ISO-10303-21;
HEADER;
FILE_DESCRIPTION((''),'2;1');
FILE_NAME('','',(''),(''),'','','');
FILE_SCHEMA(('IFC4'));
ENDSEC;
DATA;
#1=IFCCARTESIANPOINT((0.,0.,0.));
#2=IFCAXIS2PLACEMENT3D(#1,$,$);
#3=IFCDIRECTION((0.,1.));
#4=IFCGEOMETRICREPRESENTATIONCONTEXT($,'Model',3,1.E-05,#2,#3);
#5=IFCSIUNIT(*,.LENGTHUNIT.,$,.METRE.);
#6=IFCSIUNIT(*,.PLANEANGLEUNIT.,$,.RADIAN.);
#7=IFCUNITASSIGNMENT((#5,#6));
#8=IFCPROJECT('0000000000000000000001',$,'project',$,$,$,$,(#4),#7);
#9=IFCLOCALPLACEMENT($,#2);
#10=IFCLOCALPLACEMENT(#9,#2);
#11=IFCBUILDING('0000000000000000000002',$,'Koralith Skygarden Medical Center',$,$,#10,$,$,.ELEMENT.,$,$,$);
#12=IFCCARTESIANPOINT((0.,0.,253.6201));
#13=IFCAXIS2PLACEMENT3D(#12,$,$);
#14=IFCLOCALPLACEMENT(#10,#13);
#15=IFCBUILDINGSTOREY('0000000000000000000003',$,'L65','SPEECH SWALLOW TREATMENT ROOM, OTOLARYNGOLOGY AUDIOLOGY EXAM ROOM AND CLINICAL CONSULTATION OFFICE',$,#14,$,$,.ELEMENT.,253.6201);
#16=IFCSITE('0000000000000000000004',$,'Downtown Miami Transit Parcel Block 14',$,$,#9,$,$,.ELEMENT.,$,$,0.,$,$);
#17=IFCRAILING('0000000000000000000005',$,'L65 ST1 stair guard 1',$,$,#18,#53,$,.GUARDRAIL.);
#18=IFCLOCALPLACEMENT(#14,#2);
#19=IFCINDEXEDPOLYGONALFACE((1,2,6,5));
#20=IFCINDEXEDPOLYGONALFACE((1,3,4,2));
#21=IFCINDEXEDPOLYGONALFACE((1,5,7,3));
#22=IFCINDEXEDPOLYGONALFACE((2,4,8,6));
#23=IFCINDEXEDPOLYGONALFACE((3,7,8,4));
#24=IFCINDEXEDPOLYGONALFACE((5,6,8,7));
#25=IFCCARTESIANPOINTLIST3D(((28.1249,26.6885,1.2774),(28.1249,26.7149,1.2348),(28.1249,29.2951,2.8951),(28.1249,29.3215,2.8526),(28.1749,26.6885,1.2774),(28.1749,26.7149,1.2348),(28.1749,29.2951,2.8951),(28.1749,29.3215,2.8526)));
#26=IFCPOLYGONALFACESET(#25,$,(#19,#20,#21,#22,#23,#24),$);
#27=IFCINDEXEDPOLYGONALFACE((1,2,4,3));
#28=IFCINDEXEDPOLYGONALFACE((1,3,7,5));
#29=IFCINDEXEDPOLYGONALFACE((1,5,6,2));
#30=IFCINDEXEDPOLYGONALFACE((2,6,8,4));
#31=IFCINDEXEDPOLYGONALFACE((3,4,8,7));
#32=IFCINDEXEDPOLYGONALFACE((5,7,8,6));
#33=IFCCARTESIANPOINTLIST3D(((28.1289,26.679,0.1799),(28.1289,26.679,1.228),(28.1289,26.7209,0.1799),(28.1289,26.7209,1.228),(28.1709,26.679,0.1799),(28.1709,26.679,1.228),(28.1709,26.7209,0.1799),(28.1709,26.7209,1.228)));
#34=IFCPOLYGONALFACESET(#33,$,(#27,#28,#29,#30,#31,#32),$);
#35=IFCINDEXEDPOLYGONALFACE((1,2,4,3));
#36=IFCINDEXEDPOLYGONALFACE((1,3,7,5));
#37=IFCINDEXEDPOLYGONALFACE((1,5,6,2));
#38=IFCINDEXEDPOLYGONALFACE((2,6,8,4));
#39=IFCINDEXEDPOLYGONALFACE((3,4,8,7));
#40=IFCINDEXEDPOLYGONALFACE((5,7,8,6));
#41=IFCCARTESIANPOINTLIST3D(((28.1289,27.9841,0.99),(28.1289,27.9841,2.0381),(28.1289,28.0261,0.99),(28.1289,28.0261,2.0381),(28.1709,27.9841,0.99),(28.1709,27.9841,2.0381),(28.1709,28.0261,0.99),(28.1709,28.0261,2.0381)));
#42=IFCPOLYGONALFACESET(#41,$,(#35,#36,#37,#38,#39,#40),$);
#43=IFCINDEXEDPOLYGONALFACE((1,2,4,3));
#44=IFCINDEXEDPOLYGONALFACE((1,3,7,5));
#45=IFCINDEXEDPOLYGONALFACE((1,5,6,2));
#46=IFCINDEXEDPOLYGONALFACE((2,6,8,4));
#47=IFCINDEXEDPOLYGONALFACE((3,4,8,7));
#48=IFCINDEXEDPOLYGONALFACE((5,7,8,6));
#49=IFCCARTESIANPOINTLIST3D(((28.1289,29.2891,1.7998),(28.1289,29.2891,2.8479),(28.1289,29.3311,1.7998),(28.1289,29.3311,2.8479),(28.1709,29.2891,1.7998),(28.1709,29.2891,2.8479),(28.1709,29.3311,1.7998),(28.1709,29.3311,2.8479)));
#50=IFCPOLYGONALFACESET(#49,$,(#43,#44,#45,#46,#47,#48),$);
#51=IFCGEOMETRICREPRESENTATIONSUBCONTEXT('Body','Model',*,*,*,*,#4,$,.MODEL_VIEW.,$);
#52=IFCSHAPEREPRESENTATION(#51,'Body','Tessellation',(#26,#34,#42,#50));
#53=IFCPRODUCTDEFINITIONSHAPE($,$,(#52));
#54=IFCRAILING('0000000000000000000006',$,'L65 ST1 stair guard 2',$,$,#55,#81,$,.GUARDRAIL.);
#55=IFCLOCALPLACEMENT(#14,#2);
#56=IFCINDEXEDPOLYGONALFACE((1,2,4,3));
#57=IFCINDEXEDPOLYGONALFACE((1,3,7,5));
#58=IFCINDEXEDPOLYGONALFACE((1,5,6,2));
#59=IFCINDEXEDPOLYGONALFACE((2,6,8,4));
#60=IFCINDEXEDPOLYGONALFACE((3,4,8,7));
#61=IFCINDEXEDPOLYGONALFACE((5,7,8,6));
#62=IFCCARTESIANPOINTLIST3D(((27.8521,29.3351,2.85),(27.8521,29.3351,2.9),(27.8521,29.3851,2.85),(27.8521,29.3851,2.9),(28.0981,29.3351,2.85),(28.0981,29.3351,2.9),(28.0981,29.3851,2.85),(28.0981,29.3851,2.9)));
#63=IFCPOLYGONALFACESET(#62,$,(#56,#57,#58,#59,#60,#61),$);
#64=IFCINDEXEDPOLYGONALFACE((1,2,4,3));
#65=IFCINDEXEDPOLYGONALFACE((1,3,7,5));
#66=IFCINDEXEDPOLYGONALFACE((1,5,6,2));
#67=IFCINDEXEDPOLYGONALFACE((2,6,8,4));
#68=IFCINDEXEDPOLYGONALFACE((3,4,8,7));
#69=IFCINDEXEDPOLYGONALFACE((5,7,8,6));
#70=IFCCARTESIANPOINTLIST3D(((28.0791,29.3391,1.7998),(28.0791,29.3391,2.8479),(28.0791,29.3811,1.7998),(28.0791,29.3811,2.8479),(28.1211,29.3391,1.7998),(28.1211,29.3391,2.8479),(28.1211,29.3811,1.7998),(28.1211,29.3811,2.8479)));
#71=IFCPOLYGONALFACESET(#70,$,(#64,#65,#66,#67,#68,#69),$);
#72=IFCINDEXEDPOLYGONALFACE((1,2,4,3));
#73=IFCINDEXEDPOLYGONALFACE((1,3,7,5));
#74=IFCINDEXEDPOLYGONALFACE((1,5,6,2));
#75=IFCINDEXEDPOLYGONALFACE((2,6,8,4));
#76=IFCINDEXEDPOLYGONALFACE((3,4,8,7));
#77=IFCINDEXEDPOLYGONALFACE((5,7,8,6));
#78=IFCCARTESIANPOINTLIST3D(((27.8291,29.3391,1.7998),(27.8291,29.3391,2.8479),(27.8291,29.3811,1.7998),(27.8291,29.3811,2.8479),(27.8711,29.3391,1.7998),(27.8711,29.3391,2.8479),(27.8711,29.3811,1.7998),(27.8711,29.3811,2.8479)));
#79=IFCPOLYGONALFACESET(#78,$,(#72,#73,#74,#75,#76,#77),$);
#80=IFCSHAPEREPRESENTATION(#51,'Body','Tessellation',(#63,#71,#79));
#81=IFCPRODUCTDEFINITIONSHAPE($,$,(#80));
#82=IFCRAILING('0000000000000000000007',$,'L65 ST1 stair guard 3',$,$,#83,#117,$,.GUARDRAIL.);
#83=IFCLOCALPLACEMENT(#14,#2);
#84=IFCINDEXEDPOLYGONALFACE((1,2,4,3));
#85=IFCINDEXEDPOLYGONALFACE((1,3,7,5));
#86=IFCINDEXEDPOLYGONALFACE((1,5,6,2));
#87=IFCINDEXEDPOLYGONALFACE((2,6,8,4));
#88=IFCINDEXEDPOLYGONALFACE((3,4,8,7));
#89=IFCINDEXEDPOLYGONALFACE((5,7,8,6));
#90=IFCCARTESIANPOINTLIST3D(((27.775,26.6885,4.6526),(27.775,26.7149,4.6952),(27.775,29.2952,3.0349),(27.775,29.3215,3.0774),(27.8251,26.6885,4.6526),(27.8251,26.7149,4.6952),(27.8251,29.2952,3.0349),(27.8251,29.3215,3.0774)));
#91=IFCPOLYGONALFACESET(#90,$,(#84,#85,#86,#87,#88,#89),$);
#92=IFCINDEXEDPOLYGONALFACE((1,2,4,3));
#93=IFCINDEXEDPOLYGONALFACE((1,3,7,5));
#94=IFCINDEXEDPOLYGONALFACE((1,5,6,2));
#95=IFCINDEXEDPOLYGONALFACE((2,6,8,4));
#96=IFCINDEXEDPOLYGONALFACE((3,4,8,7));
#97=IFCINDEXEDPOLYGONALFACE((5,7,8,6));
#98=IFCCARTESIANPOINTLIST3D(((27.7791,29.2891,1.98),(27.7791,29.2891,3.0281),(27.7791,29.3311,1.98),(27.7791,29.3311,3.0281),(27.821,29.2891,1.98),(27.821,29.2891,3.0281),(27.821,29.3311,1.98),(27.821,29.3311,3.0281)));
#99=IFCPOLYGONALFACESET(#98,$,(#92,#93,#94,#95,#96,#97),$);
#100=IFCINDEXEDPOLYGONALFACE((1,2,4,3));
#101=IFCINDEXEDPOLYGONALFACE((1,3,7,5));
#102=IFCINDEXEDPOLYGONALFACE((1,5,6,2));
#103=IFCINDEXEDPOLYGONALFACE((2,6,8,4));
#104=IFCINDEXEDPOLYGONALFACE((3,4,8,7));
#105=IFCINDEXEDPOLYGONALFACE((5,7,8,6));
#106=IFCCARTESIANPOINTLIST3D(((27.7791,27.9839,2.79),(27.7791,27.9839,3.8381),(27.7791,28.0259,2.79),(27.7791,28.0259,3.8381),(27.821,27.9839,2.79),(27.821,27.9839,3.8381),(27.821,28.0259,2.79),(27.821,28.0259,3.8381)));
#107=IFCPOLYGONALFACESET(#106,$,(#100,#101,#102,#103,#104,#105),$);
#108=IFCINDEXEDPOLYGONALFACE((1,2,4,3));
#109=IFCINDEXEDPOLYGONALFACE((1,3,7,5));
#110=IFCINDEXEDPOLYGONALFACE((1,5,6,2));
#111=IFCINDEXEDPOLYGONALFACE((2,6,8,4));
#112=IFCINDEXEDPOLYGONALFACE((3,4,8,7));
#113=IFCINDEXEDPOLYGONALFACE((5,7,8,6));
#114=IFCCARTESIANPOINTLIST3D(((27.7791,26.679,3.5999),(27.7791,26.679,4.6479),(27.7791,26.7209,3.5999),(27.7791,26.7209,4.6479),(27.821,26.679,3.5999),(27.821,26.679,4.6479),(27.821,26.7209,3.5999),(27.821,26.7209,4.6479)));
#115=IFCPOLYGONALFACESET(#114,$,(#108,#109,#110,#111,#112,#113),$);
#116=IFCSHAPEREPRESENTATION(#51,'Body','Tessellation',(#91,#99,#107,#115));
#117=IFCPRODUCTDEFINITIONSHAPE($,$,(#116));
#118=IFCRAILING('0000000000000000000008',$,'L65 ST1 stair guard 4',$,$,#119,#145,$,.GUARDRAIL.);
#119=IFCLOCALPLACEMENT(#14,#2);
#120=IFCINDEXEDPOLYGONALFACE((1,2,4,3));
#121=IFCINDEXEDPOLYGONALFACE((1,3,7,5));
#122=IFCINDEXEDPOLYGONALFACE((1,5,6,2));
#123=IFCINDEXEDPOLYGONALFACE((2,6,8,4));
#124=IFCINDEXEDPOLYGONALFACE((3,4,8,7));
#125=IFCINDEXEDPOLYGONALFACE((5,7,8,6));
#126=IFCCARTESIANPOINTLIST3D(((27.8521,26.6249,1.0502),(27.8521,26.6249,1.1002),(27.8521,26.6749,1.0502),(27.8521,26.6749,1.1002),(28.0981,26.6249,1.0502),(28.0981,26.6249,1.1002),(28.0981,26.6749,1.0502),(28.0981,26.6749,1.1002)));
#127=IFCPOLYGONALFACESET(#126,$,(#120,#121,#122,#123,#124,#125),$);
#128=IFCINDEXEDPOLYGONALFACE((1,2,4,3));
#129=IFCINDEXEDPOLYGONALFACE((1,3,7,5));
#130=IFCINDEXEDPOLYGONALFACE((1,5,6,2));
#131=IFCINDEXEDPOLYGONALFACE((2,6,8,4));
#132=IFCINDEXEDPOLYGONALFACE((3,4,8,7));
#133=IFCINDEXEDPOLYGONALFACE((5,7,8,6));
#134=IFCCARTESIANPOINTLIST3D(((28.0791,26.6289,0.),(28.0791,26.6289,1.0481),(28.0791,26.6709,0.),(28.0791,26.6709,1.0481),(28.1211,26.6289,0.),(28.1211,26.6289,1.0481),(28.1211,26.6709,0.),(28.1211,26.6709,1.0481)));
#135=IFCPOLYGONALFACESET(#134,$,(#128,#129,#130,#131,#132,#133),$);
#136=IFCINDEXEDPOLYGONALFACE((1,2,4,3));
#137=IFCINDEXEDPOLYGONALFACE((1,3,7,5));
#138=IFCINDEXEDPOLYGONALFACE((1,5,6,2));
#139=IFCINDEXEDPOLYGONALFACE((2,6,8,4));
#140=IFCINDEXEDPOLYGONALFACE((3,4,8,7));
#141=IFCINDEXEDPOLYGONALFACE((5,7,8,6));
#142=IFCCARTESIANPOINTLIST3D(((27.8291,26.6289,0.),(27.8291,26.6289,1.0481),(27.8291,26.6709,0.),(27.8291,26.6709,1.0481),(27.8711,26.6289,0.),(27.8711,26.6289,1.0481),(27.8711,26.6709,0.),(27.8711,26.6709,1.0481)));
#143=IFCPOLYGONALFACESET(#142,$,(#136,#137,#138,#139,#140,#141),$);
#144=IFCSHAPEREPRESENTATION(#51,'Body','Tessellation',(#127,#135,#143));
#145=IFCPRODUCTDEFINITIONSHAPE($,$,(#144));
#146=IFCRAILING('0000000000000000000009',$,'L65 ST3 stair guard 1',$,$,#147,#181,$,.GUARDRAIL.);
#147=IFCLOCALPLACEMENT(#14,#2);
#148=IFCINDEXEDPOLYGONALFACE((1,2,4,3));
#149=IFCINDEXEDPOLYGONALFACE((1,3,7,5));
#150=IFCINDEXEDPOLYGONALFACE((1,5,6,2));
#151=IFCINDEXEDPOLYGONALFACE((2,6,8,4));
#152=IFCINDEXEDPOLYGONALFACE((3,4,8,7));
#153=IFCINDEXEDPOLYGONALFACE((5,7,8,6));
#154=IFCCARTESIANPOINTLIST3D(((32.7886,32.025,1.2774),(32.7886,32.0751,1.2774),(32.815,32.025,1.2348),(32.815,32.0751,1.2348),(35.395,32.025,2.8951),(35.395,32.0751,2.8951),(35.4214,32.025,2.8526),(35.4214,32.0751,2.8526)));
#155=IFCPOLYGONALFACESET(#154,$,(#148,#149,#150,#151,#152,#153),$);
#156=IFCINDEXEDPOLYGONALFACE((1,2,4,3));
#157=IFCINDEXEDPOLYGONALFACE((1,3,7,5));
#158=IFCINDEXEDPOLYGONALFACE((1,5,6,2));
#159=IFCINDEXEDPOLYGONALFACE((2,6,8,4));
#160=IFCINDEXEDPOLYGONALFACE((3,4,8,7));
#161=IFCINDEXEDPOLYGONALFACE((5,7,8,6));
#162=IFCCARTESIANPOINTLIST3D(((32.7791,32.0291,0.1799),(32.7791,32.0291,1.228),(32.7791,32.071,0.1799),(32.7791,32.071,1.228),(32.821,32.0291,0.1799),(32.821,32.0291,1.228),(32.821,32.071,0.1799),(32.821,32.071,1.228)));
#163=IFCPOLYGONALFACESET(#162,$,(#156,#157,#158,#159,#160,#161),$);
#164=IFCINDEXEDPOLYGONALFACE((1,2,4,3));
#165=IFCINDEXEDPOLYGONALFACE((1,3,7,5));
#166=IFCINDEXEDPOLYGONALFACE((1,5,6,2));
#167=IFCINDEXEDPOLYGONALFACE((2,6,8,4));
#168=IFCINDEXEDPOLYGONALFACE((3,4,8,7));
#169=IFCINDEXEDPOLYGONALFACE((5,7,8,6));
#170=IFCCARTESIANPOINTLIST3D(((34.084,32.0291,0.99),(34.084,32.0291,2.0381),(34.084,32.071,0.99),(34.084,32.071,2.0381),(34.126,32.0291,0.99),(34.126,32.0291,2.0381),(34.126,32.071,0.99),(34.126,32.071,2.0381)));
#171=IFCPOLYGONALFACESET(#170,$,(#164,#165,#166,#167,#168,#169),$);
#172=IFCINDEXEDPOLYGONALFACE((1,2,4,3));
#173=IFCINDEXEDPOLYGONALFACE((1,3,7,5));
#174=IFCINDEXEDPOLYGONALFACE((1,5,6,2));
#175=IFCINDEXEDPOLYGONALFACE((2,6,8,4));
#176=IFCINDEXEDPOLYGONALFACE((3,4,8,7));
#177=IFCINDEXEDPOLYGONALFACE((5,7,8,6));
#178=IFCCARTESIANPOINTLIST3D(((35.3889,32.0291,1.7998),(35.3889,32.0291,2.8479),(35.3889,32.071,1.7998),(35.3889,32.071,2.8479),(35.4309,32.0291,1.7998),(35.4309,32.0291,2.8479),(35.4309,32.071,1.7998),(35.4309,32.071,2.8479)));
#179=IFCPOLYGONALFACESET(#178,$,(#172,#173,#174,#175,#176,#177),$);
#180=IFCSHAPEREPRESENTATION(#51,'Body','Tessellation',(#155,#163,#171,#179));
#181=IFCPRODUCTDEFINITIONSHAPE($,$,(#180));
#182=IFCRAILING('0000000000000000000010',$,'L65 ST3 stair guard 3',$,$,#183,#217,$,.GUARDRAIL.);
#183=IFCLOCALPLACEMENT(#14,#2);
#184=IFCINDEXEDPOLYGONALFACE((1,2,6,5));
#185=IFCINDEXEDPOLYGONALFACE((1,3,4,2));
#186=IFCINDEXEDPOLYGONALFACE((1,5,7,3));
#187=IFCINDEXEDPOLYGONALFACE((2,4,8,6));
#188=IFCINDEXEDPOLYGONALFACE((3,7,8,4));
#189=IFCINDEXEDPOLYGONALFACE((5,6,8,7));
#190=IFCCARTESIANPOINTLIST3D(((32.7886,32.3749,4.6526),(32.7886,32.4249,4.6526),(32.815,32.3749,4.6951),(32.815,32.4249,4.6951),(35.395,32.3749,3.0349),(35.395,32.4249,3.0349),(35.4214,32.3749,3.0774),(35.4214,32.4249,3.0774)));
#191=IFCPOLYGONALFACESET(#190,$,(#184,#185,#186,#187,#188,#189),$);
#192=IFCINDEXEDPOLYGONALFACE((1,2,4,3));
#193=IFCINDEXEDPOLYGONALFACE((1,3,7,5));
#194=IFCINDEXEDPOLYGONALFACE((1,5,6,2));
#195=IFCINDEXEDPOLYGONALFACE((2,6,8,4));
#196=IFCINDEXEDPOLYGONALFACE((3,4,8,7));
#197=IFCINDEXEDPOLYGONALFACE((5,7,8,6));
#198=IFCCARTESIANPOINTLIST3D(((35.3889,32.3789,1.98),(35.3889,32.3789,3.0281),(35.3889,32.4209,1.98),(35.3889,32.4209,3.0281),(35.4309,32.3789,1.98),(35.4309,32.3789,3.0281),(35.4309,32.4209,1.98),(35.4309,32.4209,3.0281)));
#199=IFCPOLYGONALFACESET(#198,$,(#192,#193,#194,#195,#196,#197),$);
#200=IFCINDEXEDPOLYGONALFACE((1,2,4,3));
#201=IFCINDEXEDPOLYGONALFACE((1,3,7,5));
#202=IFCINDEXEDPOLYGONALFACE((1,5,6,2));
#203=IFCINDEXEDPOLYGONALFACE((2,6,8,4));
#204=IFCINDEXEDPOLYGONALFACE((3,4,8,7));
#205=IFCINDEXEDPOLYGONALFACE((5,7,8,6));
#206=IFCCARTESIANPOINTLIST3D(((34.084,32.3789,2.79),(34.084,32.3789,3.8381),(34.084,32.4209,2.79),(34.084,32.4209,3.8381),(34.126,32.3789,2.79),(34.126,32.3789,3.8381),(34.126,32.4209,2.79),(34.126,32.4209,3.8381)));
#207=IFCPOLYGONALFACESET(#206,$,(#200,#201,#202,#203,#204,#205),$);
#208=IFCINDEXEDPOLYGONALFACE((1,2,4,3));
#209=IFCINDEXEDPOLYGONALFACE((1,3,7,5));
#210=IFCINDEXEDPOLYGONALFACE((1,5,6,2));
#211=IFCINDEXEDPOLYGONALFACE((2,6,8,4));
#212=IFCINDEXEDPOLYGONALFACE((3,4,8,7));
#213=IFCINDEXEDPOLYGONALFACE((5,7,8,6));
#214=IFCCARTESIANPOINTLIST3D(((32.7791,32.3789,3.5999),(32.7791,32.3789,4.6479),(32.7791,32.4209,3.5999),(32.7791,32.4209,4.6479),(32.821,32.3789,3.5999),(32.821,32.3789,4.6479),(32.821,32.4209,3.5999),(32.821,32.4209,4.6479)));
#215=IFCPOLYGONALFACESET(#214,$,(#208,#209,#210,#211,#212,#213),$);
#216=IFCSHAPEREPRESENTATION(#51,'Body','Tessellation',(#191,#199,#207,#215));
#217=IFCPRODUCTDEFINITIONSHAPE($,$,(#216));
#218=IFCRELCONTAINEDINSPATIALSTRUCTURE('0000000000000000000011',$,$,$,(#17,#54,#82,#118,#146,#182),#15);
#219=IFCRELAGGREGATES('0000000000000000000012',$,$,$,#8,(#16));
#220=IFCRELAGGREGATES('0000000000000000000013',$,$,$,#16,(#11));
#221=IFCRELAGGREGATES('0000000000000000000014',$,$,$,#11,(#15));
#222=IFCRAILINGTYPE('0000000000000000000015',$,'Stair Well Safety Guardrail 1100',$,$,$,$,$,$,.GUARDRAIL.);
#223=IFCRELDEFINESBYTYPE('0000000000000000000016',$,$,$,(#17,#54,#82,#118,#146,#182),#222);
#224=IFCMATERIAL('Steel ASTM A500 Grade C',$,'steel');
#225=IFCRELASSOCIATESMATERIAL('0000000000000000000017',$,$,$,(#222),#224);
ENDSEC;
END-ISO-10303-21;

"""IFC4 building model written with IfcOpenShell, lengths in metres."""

from ifc_helpers import new_model, si_unit, direction, frame, origin, origin_2d, place, context, subcontext, project, spatial, rectangle, extrude, material, type_object, element, save


model = new_model("IFC4")

# Units and contexts
model_context = context("Model", 3, precision=1e-05, world=origin(), true_north=direction((0.0, 1.0)))
body_context = subcontext(model_context, "Body", "Model", "MODEL_VIEW")
ifc_project = project(units=[si_unit("LENGTHUNIT", "METRE"), si_unit("PLANEANGLEUNIT", "RADIAN")], contexts=[model_context])

# Site, building, storey
site_placement = place(None, origin())
site = spatial("IfcSite", under=ifc_project, at=site_placement, Name="Downtown Miami Transit Parcel Block 14", CompositionType="ELEMENT", RefElevation=0.0)
building_placement = place(site_placement, origin())
building = spatial("IfcBuilding", under=site, at=building_placement, Name="Koralith Skygarden Medical Center", CompositionType="ELEMENT")
storey_placement = place(building_placement, frame((0.0, 0.0, 253.6201)))
storey = spatial("IfcBuildingStorey", under=building, at=storey_placement, Name="L65", Description="SPEECH SWALLOW TREATMENT ROOM, OTOLARYNGOLOGY AUDIOLOGY EXAM ROOM AND CLINICAL CONSULTATION OFFICE", CompositionType="ELEMENT", Elevation=253.6201)

# Railings
ifc_material_1 = material(Name="Steel ASTM A500 Grade C", Category="steel")
railing_type_1 = type_object("IfcRailingType", Name="Stair Well Safety Guardrail 1100", PredefinedType="GUARDRAIL", material=ifc_material_1)
railing_1_placement = place(storey_placement, frame((28.1499, 26.7, 0.1799)))
element("IfcRailing", 1, at=railing_1_placement, inside=storey, type_object=railing_type_1, Name="L65 ST1 stair guard 1", PredefinedType="GUARDRAIL", context=body_context, shape_type="SweptSolid", body=[
    extrude(rectangle(XDim=0.05, YDim=0.05, at=origin_2d()), frame((0.0, 0.0017, 1.0762), z_axis=(0.0, 0.849668, 0.527317), x_axis=(-1.0, 0.0, 0.0)), (0.0, 0.0, 1.0), 3.0679),
    extrude(rectangle(XDim=0.042, YDim=0.042, at=origin_2d()), origin(), (0.0, 0.0, 1.0), 1.0481),
    extrude(rectangle(XDim=0.042, YDim=0.042, at=origin_2d()), frame((0.0, 1.3052, 0.8101)), (0.0, 0.0, 1.0), 1.0481),
    extrude(rectangle(XDim=0.042, YDim=0.042, at=origin_2d()), frame((0.0, 2.6101, 1.6199)), (0.0, 0.0, 1.0), 1.0481),
])
railing_2_placement = place(storey_placement, frame((28.1001, 29.3601, 1.7998)))
element("IfcRailing", 2, at=railing_2_placement, inside=storey, type_object=railing_type_1, Name="L65 ST1 stair guard 2", PredefinedType="GUARDRAIL", context=body_context, shape_type="SweptSolid", body=[
    extrude(rectangle(XDim=0.05, YDim=0.05, at=origin_2d()), frame((-0.002, 0.0, 1.0752), z_axis=(-1.0, 0.0, 0.0), x_axis=(0.0, -1.0, 0.0)), (0.0, 0.0, 1.0), 0.2461),
    extrude(rectangle(XDim=0.042, YDim=0.042, at=origin_2d()), origin(), (0.0, 0.0, 1.0), 1.0481),
    extrude(rectangle(XDim=0.042, YDim=0.042, at=origin_2d()), frame((-0.25, 0.0, 0.0)), (0.0, 0.0, 1.0), 1.0481),
])
railing_3_placement = place(storey_placement, frame((27.8, 29.3101, 1.98)))
element("IfcRailing", 3, at=railing_3_placement, inside=storey, type_object=railing_type_1, Name="L65 ST1 stair guard 3", PredefinedType="GUARDRAIL", context=body_context, shape_type="SweptSolid", body=[
    extrude(rectangle(XDim=0.05, YDim=0.05, at=origin_2d()), frame((0.0, -0.0017, 1.0762), z_axis=(0.0, -0.849668, 0.527317), x_axis=(1.0, 0.0, 0.0)), (0.0, 0.0, 1.0), 3.0679),
    extrude(rectangle(XDim=0.042, YDim=0.042, at=origin_2d()), origin(), (0.0, 0.0, 1.0), 1.0481),
    extrude(rectangle(XDim=0.042, YDim=0.042, at=origin_2d()), frame((0.0, -1.3052, 0.8101)), (0.0, 0.0, 1.0), 1.0481),
    extrude(rectangle(XDim=0.042, YDim=0.042, at=origin_2d()), frame((0.0, -2.6101, 1.6199)), (0.0, 0.0, 1.0), 1.0481),
])
railing_4_placement = place(storey_placement, frame((28.1001, 26.6499, 0.0)))
element("IfcRailing", 4, at=railing_4_placement, inside=storey, type_object=railing_type_1, Name="L65 ST1 stair guard 4", PredefinedType="GUARDRAIL", context=body_context, shape_type="SweptSolid", body=[
    extrude(rectangle(XDim=0.05, YDim=0.05, at=origin_2d()), frame((-0.002, 0.0, 1.0752), z_axis=(-1.0, 0.0, 0.0), x_axis=(0.0, -1.0, 0.0)), (0.0, 0.0, 1.0), 0.2461),
    extrude(rectangle(XDim=0.042, YDim=0.042, at=origin_2d()), origin(), (0.0, 0.0, 1.0), 1.0481),
    extrude(rectangle(XDim=0.042, YDim=0.042, at=origin_2d()), frame((-0.25, 0.0, 0.0)), (0.0, 0.0, 1.0), 1.0481),
])
railing_5_placement = place(storey_placement, frame((32.8, 32.05, 0.1799)))
element("IfcRailing", 5, at=railing_5_placement, inside=storey, type_object=railing_type_1, Name="L65 ST3 stair guard 1", PredefinedType="GUARDRAIL", context=body_context, shape_type="SweptSolid", body=[
    extrude(rectangle(XDim=0.05, YDim=0.05, at=origin_2d()), frame((0.0017, 0.0, 1.0762), z_axis=(0.849646, 0.0, 0.527353), x_axis=(0.0, 1.0, 0.0)), (0.0, 0.0, 1.0), 3.0676),
    extrude(rectangle(XDim=0.042, YDim=0.042, at=origin_2d()), origin(), (0.0, 0.0, 1.0), 1.0481),
    extrude(rectangle(XDim=0.042, YDim=0.042, at=origin_2d()), frame((1.3049, 0.0, 0.8101)), (0.0, 0.0, 1.0), 1.0481),
    extrude(rectangle(XDim=0.042, YDim=0.042, at=origin_2d()), frame((2.6099, 0.0, 1.6199)), (0.0, 0.0, 1.0), 1.0481),
])
railing_6_placement = place(storey_placement, frame((35.4099, 32.3999, 1.98)))
element("IfcRailing", 6, at=railing_6_placement, inside=storey, type_object=railing_type_1, Name="L65 ST3 stair guard 3", PredefinedType="GUARDRAIL", context=body_context, shape_type="SweptSolid", body=[
    extrude(rectangle(XDim=0.05, YDim=0.05, at=origin_2d()), frame((-0.0017, 0.0, 1.0762), z_axis=(-0.849646, 0.0, 0.527353), x_axis=(0.0, -1.0, 0.0)), (0.0, 0.0, 1.0), 3.0676),
    extrude(rectangle(XDim=0.042, YDim=0.042, at=origin_2d()), origin(), (0.0, 0.0, 1.0), 1.0481),
    extrude(rectangle(XDim=0.042, YDim=0.042, at=origin_2d()), frame((-1.3049, 0.0, 0.8101)), (0.0, 0.0, 1.0), 1.0481),
    extrude(rectangle(XDim=0.042, YDim=0.042, at=origin_2d()), frame((-2.6099, 0.0, 1.6199)), (0.0, 0.0, 1.0), 1.0481),
])

save(model, "model.ifc")
